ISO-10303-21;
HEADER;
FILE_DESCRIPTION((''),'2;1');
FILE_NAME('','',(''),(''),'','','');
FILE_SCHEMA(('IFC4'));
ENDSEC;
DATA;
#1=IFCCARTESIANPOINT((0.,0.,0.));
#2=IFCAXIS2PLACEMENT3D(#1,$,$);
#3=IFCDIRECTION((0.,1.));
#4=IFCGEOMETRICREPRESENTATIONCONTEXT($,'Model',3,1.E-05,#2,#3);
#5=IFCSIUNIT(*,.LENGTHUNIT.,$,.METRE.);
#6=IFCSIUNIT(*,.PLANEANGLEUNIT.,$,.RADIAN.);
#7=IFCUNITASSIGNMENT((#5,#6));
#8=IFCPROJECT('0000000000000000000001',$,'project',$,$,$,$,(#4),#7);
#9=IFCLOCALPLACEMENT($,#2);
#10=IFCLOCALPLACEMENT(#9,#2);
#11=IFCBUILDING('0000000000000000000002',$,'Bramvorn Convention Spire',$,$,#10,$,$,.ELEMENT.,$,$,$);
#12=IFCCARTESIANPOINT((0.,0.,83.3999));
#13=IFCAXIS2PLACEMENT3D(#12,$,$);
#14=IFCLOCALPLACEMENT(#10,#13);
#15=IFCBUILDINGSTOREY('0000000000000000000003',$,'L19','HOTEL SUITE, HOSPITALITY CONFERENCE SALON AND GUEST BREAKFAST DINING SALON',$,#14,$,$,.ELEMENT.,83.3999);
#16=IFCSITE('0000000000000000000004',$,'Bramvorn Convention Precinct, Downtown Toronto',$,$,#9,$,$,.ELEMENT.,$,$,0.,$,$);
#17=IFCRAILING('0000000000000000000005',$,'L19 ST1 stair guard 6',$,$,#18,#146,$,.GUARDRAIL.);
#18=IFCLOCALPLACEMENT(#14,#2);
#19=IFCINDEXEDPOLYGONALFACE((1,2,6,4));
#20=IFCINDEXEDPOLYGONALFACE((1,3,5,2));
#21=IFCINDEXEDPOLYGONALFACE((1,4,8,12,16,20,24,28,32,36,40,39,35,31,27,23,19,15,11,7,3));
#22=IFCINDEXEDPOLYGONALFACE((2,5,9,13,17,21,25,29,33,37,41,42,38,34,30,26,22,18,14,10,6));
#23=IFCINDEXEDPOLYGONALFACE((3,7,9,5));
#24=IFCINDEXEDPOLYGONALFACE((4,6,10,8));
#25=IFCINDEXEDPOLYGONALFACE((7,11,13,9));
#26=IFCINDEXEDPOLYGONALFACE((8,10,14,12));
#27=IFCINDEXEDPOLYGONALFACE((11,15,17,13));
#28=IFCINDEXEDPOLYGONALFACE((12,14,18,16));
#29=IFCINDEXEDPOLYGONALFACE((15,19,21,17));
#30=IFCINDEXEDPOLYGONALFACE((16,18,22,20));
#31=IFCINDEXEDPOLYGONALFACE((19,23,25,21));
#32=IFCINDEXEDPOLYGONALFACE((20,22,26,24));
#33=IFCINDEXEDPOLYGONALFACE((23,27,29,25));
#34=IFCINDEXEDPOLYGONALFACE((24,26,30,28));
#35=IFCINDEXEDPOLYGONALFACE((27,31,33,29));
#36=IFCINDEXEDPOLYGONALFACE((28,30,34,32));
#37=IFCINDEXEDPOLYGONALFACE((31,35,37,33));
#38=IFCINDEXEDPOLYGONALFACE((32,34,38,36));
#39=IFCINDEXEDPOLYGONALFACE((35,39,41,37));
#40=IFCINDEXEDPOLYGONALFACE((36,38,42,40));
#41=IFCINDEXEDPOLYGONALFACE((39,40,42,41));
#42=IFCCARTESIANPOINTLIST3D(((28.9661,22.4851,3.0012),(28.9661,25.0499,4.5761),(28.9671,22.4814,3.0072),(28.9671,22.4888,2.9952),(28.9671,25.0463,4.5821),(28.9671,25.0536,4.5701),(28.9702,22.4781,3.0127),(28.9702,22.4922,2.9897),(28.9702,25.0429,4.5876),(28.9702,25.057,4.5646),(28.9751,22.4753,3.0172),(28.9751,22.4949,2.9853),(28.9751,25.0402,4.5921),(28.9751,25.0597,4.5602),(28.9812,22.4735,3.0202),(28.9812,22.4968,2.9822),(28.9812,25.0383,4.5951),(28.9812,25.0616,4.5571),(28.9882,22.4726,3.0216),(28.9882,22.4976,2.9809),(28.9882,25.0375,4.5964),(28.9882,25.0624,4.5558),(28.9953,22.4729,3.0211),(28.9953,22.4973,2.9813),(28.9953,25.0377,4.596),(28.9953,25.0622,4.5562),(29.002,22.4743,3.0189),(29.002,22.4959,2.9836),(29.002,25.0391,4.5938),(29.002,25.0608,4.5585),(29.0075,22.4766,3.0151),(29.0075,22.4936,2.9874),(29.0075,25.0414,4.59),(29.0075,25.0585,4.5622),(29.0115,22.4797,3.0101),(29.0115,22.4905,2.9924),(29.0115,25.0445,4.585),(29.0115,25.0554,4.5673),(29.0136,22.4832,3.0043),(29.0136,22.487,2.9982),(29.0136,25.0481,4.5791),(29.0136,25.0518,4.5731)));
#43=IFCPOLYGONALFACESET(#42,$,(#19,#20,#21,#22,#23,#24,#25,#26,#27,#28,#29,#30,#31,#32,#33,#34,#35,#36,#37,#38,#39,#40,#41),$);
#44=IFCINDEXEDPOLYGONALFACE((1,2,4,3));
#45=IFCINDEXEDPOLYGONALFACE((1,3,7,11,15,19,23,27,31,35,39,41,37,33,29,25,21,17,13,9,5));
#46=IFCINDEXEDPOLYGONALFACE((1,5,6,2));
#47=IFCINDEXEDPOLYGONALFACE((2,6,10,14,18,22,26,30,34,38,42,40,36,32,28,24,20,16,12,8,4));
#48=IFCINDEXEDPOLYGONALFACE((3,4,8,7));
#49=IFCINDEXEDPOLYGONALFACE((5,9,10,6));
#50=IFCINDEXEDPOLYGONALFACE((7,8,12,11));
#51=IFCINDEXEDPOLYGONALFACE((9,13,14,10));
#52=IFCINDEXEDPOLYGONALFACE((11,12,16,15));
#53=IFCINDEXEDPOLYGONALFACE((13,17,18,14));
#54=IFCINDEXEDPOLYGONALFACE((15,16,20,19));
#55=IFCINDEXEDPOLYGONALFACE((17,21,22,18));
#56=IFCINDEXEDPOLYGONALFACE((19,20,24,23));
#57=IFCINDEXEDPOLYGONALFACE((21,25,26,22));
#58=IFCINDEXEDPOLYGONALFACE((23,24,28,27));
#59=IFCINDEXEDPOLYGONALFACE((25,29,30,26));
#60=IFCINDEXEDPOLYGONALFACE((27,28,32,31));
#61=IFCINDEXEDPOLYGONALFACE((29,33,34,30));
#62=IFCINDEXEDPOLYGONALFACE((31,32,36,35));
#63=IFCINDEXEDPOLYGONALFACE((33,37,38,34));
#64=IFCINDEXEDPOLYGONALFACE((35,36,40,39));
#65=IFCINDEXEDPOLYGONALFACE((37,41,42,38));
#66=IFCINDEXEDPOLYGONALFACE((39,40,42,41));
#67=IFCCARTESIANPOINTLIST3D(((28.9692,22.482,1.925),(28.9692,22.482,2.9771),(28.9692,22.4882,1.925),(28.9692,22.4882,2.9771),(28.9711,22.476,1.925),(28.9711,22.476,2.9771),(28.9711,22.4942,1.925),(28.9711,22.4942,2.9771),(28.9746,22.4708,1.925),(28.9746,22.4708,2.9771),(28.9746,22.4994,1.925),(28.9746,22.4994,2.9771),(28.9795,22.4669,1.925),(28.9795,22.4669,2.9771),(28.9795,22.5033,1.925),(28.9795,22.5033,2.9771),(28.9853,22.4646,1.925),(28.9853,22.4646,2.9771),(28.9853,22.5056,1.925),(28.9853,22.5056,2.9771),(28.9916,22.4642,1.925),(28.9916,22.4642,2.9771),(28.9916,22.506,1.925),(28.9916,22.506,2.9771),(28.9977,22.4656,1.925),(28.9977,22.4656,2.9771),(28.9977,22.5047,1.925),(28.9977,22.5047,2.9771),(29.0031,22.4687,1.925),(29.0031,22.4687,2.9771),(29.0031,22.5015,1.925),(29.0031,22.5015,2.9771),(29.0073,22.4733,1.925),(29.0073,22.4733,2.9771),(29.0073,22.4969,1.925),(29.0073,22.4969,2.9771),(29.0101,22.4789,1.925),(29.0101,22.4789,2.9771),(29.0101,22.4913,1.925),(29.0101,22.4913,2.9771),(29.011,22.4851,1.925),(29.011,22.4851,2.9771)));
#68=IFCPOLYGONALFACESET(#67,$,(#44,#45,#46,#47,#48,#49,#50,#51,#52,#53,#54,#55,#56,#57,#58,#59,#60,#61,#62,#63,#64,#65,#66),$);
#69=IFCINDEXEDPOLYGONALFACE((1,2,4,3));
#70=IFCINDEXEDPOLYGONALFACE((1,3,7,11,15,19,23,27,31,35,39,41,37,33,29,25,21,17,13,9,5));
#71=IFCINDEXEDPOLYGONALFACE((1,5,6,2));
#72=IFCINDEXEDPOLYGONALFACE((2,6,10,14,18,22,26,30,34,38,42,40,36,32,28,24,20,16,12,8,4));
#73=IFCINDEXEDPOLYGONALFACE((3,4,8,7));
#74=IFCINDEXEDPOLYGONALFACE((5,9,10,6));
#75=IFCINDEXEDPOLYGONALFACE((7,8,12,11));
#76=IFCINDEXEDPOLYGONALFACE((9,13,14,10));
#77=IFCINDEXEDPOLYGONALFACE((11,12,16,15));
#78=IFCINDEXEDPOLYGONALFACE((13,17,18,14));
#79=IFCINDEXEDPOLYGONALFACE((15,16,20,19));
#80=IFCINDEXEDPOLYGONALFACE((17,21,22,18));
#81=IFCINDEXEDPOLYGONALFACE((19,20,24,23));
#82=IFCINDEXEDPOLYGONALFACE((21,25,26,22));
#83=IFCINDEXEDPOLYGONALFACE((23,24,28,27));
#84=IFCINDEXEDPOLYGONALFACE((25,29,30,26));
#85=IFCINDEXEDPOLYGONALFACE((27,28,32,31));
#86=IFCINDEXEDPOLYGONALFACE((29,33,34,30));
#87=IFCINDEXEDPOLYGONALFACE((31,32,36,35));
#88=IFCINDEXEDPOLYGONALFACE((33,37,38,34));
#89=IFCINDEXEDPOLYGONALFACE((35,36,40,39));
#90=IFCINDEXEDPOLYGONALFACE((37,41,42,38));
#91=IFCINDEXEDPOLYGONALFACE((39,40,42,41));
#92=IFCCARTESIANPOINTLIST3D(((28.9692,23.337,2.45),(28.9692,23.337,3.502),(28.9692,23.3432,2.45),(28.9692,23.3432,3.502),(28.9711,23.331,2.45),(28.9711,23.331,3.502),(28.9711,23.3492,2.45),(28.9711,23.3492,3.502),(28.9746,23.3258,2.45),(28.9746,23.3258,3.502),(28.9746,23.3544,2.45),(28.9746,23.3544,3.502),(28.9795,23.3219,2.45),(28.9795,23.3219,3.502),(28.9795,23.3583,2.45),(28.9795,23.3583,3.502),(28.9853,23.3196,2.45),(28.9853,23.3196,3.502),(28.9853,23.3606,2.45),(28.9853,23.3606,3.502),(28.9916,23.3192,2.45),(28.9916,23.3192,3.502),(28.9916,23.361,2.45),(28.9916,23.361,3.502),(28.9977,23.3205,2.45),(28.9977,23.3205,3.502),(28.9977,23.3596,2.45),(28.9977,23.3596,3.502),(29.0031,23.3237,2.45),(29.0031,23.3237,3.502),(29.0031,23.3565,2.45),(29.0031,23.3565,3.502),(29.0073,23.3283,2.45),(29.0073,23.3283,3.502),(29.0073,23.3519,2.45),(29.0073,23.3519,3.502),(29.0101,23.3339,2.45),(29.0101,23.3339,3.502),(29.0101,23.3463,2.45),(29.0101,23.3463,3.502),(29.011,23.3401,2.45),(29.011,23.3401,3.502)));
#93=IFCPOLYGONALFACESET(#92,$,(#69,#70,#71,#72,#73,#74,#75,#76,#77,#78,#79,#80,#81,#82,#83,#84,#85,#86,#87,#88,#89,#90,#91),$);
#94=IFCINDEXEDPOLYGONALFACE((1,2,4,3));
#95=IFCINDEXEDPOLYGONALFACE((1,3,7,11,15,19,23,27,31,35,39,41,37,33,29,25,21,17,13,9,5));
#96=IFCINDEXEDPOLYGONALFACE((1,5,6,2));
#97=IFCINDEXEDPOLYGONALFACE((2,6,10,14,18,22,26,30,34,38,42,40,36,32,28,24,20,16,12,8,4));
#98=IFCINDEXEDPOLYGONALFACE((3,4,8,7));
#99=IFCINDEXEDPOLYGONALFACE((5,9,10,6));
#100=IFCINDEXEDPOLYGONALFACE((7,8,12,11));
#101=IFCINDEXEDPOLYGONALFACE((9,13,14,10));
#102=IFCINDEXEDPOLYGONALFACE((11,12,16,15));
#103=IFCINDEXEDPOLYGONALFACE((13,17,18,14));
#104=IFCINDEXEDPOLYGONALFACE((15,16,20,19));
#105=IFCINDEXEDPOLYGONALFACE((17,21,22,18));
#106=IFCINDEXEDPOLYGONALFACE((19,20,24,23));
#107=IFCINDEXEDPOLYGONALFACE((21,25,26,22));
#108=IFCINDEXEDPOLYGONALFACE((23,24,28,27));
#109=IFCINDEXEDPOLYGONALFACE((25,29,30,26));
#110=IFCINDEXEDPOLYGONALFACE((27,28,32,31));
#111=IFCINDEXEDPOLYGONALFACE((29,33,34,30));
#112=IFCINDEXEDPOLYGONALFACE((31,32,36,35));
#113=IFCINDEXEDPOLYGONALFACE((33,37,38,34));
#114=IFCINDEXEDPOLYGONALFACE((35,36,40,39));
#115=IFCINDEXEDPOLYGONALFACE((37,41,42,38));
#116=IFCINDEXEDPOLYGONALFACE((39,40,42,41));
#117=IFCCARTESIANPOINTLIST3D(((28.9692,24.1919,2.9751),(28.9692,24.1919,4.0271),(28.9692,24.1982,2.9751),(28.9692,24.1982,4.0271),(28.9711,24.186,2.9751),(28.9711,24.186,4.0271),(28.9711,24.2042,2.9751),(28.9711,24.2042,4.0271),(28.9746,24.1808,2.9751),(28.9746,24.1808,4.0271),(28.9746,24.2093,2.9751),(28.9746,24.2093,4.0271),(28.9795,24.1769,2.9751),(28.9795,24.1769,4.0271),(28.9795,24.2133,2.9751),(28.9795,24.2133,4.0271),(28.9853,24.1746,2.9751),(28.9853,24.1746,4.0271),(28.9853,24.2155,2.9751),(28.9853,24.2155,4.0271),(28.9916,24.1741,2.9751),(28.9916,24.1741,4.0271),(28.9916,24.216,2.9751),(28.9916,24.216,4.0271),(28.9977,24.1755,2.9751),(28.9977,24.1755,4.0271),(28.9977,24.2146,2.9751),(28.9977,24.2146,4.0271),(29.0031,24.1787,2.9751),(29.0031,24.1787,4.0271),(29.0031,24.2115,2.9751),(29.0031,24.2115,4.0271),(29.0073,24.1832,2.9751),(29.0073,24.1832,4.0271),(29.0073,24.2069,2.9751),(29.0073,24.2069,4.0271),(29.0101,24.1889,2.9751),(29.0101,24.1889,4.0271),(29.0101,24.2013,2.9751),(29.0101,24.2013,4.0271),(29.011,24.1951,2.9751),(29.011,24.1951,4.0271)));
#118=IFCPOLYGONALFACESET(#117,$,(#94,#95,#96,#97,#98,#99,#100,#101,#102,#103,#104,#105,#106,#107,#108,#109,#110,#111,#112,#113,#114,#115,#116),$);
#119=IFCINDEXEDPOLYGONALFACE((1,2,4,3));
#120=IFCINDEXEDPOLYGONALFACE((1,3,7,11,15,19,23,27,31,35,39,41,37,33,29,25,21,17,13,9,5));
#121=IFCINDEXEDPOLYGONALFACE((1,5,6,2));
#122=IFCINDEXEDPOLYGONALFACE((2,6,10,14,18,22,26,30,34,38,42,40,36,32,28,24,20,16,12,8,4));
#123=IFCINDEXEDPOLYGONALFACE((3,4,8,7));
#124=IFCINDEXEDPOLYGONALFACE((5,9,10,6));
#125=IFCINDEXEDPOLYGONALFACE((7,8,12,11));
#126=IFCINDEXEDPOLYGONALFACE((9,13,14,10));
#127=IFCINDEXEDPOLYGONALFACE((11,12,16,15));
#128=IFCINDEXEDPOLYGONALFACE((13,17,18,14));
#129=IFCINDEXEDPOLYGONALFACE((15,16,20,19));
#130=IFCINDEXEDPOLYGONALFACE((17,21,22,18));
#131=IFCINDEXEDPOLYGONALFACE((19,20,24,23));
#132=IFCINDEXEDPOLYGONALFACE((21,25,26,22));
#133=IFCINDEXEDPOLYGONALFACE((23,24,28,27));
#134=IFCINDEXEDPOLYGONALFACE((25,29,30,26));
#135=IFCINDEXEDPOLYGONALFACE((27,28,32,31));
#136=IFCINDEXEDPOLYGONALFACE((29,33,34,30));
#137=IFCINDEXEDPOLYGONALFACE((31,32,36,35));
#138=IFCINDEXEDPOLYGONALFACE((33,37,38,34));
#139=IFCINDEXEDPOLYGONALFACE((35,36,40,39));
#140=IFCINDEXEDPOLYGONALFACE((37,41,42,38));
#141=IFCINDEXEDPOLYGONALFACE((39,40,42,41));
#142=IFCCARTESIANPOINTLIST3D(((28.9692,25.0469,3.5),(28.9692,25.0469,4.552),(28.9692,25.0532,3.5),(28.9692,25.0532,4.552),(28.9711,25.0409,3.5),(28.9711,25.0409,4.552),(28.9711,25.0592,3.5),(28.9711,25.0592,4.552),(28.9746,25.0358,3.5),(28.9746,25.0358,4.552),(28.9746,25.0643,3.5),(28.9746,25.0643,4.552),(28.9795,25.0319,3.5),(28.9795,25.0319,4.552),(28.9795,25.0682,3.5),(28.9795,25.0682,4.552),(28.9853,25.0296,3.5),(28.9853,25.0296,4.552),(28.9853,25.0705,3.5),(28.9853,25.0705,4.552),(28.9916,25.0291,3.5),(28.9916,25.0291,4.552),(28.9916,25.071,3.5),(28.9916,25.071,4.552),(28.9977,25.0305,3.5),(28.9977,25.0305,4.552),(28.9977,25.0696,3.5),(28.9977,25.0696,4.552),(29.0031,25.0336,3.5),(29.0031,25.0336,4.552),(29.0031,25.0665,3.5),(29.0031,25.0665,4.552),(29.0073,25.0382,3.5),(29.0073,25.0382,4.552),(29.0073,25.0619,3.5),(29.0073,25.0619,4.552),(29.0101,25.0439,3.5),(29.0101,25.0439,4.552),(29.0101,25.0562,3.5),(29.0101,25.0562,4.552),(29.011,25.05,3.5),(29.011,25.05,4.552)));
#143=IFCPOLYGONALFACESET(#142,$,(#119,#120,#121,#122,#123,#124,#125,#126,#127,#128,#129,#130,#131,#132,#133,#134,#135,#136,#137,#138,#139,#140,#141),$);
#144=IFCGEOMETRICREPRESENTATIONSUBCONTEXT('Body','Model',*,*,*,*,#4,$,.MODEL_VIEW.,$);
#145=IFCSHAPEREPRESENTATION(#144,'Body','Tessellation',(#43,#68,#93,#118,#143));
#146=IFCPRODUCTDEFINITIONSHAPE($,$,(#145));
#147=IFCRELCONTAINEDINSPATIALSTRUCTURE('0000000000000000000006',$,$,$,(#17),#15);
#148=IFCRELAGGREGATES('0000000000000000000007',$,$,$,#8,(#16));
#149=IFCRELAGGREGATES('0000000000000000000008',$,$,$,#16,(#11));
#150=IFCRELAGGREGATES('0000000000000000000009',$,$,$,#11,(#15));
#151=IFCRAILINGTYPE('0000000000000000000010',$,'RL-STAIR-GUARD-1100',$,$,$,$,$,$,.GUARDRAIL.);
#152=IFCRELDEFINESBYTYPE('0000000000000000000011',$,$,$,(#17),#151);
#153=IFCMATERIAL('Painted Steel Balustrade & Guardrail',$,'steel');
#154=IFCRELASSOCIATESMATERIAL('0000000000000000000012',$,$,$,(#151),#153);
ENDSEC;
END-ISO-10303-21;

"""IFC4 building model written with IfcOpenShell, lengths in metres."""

from ifc_helpers import new_model, si_unit, direction, frame, origin, origin_2d, place, context, subcontext, project, spatial, circle, extrude, material, type_object, element, save


model = new_model("IFC4")

# Units and contexts
model_context = context("Model", 3, precision=1e-05, world=origin(), true_north=direction((0.0, 1.0)))
body_context = subcontext(model_context, "Body", "Model", "MODEL_VIEW")
ifc_project = project(units=[si_unit("LENGTHUNIT", "METRE"), si_unit("PLANEANGLEUNIT", "RADIAN")], contexts=[model_context])

# Site, building, storey
site_placement = place(None, origin())
site = spatial("IfcSite", under=ifc_project, at=site_placement, Name="Bramvorn Convention Precinct, Downtown Toronto", CompositionType="ELEMENT", RefElevation=0.0)
building_placement = place(site_placement, origin())
building = spatial("IfcBuilding", under=site, at=building_placement, Name="Bramvorn Convention Spire", CompositionType="ELEMENT")
storey_placement = place(building_placement, frame((0.0, 0.0, 83.3999)))
storey = spatial("IfcBuildingStorey", under=building, at=storey_placement, Name="L19", Description="HOTEL SUITE, HOSPITALITY CONFERENCE SALON AND GUEST BREAKFAST DINING SALON", CompositionType="ELEMENT", Elevation=83.3999)

# Railing
ifc_material_1 = material(Name="Painted Steel Balustrade & Guardrail", Category="steel")
railing_type_1 = type_object("IfcRailingType", Name="RL-STAIR-GUARD-1100", PredefinedType="GUARDRAIL", material=ifc_material_1)
railing_1_placement = place(storey_placement, frame((28.99, 22.4851, 1.925)))
element("IfcRailing", 1, at=railing_1_placement, inside=storey, type_object=railing_type_1, Name="L19 ST1 stair guard 6", PredefinedType="GUARDRAIL", context=body_context, shape_type="SweptSolid", body=[
    extrude(circle(Radius=0.0239, at=origin_2d()), frame((0.0, 0.0, 1.0762), z_axis=(0.0, 0.852173, 0.52326), x_axis=(-1.0, 0.0, 0.0)), (0.0, 0.0, 1.0), 3.0098),
    extrude(circle(Radius=0.021, at=origin_2d()), origin(), (0.0, 0.0, 1.0), 1.052),
    extrude(circle(Radius=0.021, at=origin_2d()), frame((0.0, 0.855, 0.5249)), (0.0, 0.0, 1.0), 1.052),
    extrude(circle(Radius=0.021, at=origin_2d()), frame((0.0, 1.71, 1.05)), (0.0, 0.0, 1.0), 1.052),
    extrude(circle(Radius=0.021, at=origin_2d()), frame((0.0, 2.5649, 1.575)), (0.0, 0.0, 1.0), 1.052),
])

save(model, "model.ifc")
